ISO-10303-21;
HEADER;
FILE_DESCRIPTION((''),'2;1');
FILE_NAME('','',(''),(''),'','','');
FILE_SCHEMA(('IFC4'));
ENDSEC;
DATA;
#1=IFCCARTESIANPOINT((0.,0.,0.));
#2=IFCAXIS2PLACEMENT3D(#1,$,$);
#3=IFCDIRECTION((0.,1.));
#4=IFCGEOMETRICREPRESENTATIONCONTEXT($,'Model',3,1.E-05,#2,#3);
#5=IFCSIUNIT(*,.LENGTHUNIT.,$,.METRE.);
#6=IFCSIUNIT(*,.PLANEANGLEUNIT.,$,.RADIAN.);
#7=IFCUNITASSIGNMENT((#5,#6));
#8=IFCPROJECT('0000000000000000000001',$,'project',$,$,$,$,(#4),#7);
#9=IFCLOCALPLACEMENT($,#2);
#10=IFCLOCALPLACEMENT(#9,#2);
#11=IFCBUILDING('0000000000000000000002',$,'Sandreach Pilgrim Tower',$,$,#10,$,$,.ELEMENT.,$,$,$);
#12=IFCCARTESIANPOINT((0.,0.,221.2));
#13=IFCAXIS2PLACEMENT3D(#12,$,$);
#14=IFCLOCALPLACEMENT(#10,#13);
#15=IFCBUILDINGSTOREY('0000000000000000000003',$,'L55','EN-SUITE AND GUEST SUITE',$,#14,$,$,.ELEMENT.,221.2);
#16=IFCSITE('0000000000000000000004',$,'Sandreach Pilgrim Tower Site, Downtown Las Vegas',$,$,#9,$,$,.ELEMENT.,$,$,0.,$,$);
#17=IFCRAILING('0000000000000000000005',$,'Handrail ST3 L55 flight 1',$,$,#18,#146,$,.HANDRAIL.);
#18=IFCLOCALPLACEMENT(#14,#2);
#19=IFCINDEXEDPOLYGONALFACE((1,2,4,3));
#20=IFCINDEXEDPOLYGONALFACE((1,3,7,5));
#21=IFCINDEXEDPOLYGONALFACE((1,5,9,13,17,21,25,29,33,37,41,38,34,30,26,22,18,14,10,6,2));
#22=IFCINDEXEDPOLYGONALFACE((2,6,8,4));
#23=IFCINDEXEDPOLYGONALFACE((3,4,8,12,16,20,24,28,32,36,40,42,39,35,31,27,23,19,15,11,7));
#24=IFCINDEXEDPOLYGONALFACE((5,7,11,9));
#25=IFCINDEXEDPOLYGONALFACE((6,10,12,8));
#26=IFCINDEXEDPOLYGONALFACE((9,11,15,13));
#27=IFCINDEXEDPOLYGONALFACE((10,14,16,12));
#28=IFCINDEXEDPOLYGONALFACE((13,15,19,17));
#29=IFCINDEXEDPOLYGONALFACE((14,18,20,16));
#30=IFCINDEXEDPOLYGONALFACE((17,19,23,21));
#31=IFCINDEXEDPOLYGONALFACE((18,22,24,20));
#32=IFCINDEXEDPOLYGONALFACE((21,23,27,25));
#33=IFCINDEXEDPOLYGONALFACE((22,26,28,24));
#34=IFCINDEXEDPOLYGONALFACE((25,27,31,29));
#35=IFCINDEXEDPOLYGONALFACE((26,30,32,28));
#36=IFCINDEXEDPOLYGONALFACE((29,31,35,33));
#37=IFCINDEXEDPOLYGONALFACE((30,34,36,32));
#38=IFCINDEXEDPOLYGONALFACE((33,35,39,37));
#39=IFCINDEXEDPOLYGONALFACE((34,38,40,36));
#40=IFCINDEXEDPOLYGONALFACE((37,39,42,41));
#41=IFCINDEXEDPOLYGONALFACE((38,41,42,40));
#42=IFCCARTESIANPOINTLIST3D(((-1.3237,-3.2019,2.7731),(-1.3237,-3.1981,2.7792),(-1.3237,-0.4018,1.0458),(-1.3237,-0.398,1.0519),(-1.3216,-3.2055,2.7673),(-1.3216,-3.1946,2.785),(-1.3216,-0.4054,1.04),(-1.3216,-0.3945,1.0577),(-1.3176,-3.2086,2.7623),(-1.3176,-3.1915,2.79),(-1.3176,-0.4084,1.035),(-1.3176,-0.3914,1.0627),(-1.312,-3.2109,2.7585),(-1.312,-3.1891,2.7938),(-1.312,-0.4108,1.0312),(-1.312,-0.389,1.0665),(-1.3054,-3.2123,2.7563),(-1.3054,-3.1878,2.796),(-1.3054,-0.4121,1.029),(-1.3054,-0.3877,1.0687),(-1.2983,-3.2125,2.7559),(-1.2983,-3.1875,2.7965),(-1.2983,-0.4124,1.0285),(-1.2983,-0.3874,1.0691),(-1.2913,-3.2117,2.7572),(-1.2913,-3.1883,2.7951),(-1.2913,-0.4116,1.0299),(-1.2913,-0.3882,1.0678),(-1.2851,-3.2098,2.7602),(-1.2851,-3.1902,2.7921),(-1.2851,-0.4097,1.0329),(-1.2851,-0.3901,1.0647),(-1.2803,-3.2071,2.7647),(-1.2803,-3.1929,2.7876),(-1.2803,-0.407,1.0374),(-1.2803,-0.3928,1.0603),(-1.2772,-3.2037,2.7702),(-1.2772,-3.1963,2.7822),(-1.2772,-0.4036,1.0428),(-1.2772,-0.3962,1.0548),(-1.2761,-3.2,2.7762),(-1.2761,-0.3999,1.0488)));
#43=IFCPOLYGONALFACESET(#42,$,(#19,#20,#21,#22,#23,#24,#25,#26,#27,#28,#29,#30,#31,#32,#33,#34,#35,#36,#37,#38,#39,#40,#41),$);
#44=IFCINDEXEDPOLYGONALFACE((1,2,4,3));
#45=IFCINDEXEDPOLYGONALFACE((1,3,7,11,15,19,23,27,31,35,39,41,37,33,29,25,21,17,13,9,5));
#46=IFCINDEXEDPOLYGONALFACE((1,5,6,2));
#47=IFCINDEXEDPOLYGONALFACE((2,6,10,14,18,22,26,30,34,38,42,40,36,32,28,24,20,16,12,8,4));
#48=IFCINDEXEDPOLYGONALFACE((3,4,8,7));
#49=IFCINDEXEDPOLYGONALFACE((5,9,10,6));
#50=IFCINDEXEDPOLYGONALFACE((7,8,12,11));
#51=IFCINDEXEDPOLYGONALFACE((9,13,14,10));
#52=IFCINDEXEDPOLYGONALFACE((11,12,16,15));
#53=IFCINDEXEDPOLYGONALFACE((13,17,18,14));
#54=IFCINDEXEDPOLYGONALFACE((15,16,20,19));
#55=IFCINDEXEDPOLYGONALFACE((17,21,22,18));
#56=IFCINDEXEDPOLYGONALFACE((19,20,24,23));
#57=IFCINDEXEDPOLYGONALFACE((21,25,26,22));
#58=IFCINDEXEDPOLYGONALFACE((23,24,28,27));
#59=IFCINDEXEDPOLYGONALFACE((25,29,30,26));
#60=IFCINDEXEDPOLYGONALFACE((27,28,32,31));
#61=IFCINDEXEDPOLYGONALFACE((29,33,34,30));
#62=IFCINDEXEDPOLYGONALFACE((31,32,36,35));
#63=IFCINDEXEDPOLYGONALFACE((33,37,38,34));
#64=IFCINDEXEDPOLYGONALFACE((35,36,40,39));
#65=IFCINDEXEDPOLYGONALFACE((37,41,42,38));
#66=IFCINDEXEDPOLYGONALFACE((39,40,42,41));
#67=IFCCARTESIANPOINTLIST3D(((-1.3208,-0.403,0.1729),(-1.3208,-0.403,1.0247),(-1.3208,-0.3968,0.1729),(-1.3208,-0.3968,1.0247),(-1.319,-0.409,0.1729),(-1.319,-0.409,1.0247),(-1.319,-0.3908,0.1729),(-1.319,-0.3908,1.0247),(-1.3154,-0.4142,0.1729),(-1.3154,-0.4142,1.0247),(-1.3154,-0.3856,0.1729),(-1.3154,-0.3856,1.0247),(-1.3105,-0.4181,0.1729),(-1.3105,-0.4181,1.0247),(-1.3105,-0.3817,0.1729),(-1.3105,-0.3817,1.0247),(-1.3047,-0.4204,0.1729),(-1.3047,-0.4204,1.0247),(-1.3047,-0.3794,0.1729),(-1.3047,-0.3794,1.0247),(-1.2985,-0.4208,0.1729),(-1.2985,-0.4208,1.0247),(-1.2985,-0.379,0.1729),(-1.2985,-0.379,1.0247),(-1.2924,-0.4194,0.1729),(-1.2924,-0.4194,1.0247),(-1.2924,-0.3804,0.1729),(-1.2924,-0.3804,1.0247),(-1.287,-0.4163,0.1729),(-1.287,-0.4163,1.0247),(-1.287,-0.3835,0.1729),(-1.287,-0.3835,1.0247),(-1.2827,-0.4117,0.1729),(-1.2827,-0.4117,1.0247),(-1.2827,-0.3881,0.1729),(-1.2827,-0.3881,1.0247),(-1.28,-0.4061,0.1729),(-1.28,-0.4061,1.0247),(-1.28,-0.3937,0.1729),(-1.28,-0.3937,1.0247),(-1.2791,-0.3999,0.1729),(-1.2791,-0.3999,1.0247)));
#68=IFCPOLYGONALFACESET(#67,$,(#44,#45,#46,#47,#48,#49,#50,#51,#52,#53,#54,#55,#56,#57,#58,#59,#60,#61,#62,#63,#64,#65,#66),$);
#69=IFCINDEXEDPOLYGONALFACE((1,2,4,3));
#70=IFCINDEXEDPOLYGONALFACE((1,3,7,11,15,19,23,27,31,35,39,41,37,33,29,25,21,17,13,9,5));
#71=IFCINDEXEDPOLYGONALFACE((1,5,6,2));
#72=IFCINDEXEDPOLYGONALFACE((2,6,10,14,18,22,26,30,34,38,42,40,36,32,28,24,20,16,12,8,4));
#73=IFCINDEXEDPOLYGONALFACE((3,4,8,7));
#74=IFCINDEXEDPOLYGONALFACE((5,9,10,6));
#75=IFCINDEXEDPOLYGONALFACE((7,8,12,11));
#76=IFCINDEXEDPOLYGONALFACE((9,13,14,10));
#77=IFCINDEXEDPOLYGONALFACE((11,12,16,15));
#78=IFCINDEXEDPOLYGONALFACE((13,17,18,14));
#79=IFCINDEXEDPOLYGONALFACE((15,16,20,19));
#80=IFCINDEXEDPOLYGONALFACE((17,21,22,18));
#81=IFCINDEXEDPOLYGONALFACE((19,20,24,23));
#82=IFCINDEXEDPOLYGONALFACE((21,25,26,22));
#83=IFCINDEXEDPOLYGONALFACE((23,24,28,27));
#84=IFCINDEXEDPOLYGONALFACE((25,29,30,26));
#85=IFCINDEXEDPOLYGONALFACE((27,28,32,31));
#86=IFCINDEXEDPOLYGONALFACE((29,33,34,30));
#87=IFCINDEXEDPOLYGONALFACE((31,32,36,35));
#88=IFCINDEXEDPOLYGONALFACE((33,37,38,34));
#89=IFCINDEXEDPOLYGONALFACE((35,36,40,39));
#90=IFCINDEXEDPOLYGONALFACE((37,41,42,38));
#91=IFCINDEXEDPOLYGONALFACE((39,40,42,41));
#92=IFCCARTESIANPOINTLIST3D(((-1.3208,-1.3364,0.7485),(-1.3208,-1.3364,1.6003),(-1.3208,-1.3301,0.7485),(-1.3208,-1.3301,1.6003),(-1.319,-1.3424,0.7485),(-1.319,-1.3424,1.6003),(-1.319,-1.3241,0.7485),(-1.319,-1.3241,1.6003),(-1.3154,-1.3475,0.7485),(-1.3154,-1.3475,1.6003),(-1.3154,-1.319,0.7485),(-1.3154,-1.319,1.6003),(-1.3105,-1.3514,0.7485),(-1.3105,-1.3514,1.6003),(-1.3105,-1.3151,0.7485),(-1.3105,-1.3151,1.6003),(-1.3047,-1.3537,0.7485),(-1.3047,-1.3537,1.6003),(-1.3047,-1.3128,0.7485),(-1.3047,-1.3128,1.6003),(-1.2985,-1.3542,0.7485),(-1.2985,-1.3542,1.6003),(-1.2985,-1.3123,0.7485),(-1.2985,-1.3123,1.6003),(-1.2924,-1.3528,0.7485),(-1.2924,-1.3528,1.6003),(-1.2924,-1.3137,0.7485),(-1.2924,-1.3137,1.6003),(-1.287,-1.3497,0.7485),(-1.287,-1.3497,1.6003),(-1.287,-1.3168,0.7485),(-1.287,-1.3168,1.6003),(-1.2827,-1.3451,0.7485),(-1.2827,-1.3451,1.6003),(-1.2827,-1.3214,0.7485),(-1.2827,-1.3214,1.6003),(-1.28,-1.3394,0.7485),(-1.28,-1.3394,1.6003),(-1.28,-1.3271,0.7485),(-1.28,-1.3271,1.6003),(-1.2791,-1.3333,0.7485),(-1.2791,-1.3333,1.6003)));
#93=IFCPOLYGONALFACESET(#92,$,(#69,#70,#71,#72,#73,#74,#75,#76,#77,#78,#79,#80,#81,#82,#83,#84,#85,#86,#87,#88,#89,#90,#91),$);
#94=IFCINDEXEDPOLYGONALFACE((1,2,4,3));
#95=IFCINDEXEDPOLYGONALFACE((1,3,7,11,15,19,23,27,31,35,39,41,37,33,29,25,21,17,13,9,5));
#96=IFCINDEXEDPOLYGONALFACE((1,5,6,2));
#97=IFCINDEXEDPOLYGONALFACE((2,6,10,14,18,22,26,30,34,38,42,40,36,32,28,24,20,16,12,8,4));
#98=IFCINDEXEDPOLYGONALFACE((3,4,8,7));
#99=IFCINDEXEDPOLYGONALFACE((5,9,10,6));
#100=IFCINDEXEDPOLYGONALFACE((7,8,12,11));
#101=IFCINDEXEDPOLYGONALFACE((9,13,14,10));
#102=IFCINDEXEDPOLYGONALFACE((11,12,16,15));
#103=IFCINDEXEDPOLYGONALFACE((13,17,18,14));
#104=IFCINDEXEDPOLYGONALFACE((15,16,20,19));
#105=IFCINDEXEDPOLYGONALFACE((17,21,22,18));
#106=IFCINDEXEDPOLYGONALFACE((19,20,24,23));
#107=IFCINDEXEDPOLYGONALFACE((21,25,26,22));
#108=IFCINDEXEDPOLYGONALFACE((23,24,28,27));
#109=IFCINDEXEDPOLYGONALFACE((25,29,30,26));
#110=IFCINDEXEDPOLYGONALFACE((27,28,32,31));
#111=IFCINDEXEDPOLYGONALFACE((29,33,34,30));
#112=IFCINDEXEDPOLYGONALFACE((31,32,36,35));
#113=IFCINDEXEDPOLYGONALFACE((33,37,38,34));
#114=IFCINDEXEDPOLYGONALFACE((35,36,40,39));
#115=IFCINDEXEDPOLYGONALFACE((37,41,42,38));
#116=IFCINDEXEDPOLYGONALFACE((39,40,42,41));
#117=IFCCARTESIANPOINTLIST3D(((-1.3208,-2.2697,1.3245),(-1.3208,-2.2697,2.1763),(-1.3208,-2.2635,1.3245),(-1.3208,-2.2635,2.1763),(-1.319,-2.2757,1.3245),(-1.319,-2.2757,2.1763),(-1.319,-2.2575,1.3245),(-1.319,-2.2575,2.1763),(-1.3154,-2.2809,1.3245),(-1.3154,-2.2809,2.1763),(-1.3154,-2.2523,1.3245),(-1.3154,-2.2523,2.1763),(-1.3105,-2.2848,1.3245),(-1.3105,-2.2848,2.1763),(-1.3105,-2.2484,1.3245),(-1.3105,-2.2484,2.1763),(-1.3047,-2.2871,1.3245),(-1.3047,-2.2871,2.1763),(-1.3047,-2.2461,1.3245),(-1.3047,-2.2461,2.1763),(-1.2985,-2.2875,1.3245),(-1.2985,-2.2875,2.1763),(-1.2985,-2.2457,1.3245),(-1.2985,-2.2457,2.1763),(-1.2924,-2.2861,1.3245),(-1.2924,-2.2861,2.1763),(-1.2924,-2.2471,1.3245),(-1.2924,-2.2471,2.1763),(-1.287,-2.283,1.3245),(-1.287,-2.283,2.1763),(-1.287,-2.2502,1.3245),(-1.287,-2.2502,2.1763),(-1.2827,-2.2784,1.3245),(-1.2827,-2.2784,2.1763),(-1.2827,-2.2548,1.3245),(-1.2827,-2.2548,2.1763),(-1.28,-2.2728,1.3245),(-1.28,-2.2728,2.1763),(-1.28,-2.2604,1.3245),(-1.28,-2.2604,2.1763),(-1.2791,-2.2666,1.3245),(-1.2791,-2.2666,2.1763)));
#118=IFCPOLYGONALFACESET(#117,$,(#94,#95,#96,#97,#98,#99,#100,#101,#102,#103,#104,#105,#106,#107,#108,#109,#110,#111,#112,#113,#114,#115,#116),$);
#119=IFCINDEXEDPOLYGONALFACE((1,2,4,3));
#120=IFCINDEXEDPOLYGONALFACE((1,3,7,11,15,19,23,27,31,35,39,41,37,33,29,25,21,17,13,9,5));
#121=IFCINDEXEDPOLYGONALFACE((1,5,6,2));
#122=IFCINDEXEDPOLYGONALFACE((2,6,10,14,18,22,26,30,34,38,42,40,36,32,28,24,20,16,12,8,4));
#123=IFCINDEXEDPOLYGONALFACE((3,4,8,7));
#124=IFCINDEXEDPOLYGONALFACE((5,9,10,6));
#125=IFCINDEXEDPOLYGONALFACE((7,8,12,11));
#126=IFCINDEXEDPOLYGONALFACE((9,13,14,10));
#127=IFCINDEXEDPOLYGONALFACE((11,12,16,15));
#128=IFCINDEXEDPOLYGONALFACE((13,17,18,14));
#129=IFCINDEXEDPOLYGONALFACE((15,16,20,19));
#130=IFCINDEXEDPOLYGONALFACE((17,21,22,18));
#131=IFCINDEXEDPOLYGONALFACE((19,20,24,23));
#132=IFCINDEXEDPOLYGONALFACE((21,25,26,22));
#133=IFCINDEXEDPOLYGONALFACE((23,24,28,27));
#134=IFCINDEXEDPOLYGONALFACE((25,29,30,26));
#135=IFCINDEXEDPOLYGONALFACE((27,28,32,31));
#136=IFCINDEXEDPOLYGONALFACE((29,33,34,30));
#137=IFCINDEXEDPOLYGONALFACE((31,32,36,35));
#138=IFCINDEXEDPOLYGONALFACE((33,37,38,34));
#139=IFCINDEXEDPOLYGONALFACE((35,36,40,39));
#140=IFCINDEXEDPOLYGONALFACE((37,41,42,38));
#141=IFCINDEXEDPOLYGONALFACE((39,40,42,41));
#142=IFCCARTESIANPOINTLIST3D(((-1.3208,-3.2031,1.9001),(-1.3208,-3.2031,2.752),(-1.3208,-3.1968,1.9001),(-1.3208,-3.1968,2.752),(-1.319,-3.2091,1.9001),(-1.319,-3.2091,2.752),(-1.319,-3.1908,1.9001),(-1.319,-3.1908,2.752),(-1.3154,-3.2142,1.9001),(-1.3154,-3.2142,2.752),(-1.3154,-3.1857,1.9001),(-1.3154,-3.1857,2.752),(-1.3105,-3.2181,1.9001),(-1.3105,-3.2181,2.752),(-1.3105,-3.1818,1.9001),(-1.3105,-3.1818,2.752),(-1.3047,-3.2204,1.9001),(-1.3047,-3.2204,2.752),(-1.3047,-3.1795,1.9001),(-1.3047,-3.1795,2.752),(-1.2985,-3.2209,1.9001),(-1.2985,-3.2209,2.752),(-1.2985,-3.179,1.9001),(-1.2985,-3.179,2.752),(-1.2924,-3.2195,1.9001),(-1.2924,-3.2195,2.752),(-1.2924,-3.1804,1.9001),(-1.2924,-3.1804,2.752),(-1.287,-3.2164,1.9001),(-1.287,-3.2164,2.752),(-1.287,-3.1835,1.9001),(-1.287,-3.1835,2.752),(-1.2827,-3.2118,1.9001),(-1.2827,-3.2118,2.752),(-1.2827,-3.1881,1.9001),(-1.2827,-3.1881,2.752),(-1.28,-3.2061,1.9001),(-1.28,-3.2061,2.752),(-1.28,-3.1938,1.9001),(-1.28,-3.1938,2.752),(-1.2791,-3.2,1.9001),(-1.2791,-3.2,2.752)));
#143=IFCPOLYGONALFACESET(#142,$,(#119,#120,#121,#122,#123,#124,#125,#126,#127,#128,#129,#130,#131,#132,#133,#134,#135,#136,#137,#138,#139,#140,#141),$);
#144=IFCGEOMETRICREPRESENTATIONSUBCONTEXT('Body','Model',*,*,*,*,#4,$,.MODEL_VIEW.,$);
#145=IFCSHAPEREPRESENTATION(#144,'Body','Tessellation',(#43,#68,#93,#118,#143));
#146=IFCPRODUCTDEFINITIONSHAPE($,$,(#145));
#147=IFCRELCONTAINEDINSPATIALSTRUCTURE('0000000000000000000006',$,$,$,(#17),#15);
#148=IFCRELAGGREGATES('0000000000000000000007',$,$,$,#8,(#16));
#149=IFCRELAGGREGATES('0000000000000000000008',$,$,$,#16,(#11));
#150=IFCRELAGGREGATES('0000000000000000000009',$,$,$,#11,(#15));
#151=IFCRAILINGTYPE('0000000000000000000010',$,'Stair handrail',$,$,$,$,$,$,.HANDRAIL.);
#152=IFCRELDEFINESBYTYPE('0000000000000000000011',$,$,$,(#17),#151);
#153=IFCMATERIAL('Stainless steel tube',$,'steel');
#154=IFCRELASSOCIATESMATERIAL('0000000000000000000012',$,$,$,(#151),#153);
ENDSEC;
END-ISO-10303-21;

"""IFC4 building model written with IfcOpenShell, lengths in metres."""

from ifc_helpers import new_model, si_unit, direction, frame, origin, origin_2d, place, context, subcontext, project, spatial, circle, extrude, material, type_object, element, save


model = new_model("IFC4")

# Units and contexts
model_context = context("Model", 3, precision=1e-05, world=origin(), true_north=direction((0.0, 1.0)))
body_context = subcontext(model_context, "Body", "Model", "MODEL_VIEW")
ifc_project = project(units=[si_unit("LENGTHUNIT", "METRE"), si_unit("PLANEANGLEUNIT", "RADIAN")], contexts=[model_context])

# Site, building, storey
site_placement = place(None, origin())
site = spatial("IfcSite", under=ifc_project, at=site_placement, Name="Sandreach Pilgrim Tower Site, Downtown Las Vegas", CompositionType="ELEMENT", RefElevation=0.0)
building_placement = place(site_placement, origin())
building = spatial("IfcBuilding", under=site, at=building_placement, Name="Sandreach Pilgrim Tower", CompositionType="ELEMENT")
storey_placement = place(building_placement, frame((0.0, 0.0, 221.2)))
storey = spatial("IfcBuildingStorey", under=building, at=storey_placement, Name="L55", Description="EN-SUITE AND GUEST SUITE", CompositionType="ELEMENT", Elevation=221.2)

# Railing
ifc_material_1 = material(Name="Stainless steel tube", Category="steel")
railing_type = type_object("IfcRailingType", Name="Stair handrail", PredefinedType="HANDRAIL", material=ifc_material_1)
for number, where, name in (
    (1, (-1.3, -0.3999, 0.1729), "Handrail ST3 L55 flight 1"),
):
    element("IfcRailing", number, at=place(storey_placement, frame(where)), inside=storey, type_object=railing_type, Name=name, PredefinedType="HANDRAIL", context=body_context, shape_type="SweptSolid", body=[
        extrude(circle(Radius=0.0239, at=origin_2d()), frame((0.0, 0.0, 0.876), z_axis=(0.0, -0.85109, 0.52502), x_axis=(1.0, 0.0, 0.0)), (0.0, 0.0, 1.0), 3.29),
        extrude(circle(Radius=0.021, at=origin_2d()), origin(), (0.0, 0.0, 1.0), 0.8518),
        extrude(circle(Radius=0.021, at=origin_2d()), frame((0.0, -0.9333, 0.5757)), (0.0, 0.0, 1.0), 0.8518),
        extrude(circle(Radius=0.021, at=origin_2d()), frame((0.0, -1.8667, 1.1516)), (0.0, 0.0, 1.0), 0.8518),
        extrude(circle(Radius=0.021, at=origin_2d()), frame((0.0, -2.8, 1.7273)), (0.0, 0.0, 1.0), 0.8518),
    ])

save(model, "model.ifc")
